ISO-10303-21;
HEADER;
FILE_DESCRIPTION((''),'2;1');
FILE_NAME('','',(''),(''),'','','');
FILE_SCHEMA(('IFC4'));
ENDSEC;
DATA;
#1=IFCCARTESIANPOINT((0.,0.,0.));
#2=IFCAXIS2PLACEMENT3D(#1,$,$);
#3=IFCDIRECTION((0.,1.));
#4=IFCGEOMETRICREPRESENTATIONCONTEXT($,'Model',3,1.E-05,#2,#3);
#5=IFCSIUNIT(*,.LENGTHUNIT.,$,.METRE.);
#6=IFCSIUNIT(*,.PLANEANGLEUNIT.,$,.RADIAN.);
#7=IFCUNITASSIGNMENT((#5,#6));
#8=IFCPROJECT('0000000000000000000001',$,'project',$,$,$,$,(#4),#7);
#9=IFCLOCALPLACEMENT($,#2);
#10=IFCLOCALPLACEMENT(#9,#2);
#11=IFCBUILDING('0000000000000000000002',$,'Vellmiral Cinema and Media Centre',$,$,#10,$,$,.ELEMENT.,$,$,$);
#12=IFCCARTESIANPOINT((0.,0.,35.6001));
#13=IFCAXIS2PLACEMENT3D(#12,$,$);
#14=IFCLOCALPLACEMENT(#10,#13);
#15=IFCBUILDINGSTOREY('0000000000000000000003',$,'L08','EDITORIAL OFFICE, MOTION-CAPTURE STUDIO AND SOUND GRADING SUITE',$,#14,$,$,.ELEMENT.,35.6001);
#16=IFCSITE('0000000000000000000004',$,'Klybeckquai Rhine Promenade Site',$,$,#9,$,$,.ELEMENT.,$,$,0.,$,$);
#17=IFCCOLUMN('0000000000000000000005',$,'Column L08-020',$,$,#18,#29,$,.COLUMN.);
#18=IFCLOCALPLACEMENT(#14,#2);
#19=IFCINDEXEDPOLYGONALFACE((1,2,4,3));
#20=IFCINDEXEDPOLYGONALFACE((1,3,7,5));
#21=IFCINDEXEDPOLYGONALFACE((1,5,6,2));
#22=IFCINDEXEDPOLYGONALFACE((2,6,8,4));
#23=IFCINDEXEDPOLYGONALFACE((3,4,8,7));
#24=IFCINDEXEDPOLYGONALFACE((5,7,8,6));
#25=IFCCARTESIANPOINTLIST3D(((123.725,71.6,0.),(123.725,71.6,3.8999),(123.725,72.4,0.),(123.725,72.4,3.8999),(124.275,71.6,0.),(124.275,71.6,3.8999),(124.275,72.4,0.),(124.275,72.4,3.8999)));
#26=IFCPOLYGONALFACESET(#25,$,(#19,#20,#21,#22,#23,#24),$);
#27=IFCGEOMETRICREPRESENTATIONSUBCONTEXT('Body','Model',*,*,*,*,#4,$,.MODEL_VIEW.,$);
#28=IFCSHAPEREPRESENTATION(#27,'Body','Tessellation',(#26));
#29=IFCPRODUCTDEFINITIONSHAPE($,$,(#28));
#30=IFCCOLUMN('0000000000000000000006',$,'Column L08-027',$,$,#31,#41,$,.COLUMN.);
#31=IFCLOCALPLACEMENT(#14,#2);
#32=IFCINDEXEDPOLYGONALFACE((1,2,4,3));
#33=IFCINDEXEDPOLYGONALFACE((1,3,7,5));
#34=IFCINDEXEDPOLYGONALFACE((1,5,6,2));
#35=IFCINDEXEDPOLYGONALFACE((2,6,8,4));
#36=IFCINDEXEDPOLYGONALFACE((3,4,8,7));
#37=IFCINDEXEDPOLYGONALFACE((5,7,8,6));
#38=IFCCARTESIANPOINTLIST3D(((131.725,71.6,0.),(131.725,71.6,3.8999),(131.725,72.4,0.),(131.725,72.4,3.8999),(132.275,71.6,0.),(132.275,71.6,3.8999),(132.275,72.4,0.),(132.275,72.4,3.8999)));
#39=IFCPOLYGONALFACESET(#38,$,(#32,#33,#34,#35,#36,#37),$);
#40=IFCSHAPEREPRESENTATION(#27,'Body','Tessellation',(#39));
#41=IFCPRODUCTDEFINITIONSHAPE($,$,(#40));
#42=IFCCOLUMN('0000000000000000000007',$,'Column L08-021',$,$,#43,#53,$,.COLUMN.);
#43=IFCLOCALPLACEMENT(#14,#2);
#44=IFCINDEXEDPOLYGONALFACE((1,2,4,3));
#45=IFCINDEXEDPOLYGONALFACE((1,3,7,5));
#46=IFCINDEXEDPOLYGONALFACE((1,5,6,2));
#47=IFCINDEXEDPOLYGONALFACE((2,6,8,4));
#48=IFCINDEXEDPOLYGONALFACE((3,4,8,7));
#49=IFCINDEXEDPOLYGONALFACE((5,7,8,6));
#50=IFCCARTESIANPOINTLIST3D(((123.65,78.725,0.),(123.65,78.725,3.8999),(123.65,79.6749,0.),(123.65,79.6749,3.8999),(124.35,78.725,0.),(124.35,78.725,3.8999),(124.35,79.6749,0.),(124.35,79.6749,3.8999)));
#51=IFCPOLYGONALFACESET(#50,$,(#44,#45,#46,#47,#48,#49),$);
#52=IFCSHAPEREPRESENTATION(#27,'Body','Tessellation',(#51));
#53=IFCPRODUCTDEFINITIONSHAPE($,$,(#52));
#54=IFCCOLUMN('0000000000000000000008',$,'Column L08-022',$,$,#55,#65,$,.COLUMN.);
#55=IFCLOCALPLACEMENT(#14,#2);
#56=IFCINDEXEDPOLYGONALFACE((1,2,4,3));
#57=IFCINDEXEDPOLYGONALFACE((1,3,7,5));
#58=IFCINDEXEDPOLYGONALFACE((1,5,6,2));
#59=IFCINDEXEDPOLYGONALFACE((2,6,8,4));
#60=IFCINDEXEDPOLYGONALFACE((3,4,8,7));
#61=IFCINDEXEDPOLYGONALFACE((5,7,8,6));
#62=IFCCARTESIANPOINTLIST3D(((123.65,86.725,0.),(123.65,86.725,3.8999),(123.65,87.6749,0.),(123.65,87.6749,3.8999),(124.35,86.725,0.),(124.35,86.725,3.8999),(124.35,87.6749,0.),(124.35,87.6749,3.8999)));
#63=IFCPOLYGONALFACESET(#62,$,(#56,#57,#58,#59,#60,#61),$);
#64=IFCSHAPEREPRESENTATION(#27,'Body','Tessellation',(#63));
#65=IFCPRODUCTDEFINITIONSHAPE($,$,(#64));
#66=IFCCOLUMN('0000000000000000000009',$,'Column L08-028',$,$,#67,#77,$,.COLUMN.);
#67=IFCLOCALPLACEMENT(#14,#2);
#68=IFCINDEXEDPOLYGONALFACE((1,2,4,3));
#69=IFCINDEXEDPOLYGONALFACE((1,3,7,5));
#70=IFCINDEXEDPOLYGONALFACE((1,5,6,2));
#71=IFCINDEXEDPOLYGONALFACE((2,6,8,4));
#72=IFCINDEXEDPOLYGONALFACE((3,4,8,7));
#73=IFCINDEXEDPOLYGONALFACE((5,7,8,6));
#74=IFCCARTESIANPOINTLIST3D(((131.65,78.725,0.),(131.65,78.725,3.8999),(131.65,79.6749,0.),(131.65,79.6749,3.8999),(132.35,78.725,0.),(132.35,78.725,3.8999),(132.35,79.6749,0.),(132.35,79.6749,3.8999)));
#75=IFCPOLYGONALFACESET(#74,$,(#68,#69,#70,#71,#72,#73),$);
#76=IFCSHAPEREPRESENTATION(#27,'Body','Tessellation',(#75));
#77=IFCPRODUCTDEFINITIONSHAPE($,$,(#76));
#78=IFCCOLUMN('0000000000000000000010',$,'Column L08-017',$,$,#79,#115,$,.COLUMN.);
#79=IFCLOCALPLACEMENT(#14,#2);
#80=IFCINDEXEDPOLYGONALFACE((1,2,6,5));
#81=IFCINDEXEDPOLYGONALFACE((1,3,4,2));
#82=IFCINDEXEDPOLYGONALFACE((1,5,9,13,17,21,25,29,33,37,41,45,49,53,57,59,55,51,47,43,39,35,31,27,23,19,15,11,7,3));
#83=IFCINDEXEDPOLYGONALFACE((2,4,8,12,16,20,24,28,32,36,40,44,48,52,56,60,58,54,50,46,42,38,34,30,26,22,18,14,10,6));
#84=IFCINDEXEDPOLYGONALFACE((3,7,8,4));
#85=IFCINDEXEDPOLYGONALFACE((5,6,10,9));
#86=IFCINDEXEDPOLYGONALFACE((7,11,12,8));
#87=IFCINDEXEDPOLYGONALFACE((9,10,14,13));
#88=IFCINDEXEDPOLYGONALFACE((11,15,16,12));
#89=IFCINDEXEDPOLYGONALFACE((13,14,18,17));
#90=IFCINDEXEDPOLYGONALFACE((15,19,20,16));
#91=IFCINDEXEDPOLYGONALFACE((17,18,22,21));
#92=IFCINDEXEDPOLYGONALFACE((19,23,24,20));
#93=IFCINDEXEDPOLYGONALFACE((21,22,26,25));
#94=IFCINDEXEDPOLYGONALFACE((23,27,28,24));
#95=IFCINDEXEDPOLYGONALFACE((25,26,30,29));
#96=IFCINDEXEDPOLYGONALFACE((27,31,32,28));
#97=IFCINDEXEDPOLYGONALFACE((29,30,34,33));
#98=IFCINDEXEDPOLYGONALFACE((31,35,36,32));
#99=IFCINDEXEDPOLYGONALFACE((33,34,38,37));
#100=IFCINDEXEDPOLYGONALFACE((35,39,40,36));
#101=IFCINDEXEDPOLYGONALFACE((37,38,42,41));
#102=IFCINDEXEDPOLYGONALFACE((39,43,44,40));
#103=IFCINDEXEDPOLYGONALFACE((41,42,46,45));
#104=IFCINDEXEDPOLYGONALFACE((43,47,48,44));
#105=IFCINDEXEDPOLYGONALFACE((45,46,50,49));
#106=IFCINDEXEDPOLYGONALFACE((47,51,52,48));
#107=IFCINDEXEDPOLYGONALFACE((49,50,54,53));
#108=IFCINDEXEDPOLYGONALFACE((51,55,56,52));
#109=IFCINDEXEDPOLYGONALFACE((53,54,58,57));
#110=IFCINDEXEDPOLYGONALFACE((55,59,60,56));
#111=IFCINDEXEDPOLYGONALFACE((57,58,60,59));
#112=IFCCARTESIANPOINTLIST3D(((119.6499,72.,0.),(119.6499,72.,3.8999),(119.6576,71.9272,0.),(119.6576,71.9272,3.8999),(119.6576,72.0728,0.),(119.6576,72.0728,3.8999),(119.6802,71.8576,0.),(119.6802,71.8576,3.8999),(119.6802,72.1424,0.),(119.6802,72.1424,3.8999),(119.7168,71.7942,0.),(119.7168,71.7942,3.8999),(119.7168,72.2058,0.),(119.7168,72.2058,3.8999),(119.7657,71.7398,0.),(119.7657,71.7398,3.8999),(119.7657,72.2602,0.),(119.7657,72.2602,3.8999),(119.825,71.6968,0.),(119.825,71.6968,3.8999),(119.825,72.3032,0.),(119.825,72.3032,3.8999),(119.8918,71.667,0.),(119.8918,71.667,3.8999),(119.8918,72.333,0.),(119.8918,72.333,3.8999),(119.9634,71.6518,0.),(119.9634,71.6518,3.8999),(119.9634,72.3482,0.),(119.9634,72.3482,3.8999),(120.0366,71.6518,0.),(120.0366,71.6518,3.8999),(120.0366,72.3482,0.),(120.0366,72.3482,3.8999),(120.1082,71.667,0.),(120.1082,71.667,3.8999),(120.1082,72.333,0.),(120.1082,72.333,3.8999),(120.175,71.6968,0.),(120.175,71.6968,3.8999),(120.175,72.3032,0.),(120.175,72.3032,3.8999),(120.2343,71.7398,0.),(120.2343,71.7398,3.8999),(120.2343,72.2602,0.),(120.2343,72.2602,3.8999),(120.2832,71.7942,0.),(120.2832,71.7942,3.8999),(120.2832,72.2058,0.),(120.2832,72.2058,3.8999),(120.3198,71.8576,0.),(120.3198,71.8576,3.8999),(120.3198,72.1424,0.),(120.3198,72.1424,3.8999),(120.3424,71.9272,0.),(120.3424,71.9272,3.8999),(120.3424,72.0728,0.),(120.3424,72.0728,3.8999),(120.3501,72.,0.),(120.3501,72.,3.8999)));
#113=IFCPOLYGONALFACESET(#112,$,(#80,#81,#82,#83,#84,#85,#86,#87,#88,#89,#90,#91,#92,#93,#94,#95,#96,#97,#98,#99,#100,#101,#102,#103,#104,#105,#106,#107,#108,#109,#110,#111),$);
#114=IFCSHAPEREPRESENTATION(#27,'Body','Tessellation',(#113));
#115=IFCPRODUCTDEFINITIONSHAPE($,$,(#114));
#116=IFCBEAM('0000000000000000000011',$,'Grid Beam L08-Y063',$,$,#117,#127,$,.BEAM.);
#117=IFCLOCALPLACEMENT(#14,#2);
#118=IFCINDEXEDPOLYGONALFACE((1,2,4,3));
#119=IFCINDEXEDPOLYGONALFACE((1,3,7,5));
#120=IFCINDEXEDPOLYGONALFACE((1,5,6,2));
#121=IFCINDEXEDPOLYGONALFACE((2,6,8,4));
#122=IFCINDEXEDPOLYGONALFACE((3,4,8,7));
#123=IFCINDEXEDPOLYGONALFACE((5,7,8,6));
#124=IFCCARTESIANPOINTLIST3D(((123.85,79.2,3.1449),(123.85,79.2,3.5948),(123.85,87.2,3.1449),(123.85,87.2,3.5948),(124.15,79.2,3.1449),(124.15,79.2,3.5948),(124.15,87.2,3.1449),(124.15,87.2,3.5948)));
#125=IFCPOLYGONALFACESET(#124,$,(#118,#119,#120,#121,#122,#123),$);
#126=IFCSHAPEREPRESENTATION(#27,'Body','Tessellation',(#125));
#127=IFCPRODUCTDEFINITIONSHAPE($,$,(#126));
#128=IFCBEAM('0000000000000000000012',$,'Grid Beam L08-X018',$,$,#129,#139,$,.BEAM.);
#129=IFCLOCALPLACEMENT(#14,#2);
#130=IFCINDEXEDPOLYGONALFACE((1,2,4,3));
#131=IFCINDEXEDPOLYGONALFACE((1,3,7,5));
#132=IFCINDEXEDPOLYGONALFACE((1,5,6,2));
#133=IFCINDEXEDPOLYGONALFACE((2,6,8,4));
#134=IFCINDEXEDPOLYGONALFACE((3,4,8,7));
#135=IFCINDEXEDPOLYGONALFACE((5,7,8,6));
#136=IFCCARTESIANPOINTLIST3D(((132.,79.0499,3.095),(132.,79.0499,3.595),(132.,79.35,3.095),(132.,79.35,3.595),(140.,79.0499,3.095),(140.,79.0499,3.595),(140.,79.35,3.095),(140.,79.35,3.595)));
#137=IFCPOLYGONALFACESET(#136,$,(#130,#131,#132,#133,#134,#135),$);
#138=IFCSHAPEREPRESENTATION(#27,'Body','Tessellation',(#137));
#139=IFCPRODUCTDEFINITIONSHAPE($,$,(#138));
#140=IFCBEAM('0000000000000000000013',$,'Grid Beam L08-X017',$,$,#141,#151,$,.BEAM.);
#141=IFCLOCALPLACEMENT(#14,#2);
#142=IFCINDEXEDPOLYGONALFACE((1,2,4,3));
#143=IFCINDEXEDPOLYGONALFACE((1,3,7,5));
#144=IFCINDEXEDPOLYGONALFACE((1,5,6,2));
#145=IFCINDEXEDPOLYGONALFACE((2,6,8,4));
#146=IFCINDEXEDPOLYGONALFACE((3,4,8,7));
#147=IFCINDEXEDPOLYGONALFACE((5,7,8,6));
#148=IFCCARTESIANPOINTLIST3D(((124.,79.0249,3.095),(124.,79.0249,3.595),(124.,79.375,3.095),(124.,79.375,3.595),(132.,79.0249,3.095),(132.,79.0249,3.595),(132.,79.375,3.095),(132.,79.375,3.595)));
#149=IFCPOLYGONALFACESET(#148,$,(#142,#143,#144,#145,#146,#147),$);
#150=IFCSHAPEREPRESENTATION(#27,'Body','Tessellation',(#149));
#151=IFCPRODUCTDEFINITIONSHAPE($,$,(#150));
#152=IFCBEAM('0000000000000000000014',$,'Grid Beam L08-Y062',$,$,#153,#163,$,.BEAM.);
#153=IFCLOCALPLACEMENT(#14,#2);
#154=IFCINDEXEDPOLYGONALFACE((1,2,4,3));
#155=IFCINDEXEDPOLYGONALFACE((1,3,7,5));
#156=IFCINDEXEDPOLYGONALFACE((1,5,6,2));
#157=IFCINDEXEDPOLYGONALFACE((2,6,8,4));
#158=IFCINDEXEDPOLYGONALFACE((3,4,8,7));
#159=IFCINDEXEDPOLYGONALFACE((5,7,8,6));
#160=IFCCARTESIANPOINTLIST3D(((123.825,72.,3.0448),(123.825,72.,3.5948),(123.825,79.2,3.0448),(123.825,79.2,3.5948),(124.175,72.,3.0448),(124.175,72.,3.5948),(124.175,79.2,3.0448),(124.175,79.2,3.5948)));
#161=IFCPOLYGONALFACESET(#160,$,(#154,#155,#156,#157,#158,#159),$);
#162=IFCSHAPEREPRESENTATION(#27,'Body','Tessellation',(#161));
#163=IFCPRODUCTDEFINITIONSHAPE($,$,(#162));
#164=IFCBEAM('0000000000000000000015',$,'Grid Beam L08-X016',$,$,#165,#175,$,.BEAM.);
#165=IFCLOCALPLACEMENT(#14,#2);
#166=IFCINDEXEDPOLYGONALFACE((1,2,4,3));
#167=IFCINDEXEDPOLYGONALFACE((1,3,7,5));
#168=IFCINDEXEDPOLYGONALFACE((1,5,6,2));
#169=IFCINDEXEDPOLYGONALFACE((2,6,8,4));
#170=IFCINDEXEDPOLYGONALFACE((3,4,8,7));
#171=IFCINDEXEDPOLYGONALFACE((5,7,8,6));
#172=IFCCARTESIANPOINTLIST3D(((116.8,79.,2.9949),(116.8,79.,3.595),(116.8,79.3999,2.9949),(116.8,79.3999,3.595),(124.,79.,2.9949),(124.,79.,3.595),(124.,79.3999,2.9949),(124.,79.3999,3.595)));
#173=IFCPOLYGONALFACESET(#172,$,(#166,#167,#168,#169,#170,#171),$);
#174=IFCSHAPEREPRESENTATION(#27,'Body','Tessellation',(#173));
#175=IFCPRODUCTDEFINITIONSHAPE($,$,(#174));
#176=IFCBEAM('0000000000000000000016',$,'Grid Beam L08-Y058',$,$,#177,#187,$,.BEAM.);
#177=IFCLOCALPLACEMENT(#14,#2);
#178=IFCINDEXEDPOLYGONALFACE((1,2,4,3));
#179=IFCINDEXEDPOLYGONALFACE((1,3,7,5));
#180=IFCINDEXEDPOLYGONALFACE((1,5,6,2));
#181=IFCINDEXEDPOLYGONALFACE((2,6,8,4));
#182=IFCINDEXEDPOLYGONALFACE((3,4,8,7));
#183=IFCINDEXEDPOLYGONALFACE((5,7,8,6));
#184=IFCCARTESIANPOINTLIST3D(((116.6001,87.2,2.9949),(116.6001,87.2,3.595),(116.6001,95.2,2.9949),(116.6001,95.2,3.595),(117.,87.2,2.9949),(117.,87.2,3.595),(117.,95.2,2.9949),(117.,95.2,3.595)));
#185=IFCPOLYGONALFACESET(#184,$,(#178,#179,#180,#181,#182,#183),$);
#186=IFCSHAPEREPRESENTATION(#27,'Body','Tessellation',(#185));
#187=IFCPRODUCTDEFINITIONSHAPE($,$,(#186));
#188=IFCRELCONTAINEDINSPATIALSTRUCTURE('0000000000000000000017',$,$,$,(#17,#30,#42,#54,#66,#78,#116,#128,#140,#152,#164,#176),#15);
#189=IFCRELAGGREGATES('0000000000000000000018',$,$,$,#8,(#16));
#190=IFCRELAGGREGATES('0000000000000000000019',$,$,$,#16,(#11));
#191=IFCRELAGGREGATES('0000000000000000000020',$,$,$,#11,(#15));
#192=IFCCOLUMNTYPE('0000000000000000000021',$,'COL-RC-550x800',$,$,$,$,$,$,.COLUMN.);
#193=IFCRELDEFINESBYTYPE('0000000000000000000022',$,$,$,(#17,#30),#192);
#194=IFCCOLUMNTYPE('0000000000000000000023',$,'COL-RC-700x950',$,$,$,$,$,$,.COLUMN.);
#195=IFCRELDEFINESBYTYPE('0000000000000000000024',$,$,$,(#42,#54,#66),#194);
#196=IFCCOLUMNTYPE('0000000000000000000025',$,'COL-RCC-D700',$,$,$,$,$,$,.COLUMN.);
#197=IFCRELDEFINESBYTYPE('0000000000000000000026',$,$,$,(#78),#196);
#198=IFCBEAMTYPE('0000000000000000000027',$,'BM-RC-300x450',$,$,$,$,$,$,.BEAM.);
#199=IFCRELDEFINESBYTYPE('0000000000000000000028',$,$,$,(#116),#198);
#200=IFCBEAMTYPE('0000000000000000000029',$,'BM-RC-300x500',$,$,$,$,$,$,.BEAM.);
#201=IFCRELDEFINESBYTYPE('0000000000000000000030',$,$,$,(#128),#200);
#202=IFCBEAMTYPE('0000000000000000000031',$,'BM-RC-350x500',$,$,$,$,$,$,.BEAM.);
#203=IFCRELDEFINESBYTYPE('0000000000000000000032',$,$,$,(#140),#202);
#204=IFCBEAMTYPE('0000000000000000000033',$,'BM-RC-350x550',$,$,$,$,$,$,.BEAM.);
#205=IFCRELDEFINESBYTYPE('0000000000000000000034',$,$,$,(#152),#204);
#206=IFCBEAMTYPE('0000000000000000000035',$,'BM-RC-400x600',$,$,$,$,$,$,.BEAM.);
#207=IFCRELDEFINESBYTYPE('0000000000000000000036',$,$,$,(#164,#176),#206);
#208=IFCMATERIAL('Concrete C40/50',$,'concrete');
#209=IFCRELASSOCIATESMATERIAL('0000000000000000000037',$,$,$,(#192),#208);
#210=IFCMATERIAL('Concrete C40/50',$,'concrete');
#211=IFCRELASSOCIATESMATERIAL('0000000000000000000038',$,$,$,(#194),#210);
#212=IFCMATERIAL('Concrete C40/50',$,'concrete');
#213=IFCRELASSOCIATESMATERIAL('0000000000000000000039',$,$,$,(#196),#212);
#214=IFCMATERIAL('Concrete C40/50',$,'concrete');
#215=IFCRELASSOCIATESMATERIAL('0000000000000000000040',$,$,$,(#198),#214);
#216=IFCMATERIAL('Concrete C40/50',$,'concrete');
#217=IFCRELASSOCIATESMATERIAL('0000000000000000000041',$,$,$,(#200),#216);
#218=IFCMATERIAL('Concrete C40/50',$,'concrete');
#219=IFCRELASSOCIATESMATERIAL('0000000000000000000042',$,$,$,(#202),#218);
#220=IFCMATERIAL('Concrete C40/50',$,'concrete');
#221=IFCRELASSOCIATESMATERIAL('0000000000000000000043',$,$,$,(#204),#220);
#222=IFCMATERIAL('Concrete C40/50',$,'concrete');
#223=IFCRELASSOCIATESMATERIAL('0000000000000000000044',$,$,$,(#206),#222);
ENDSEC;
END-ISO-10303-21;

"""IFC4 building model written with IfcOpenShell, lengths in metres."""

from ifc_helpers import new_model, si_unit, direction, frame, origin, origin_2d, place, context, subcontext, project, spatial, rectangle, circle, extrude, material, material_profile, profile_set, type_object, element, save


model = new_model("IFC4")

# Units and contexts
model_context = context("Model", 3, precision=1e-05, world=origin(), true_north=direction((0.0, 1.0)))
body_context = subcontext(model_context, "Body", "Model", "MODEL_VIEW")
ifc_project = project(units=[si_unit("LENGTHUNIT", "METRE"), si_unit("PLANEANGLEUNIT", "RADIAN")], contexts=[model_context])

# Site, building, storey
site_placement = place(None, origin())
site = spatial("IfcSite", under=ifc_project, at=site_placement, Name="Klybeckquai Rhine Promenade Site", CompositionType="ELEMENT", RefElevation=0.0)
building_placement = place(site_placement, origin())
building = spatial("IfcBuilding", under=site, at=building_placement, Name="Vellmiral Cinema and Media Centre", CompositionType="ELEMENT")
storey_placement = place(building_placement, frame((0.0, 0.0, 35.6001)))
storey = spatial("IfcBuildingStorey", under=building, at=storey_placement, Name="L08", Description="EDITORIAL OFFICE, MOTION-CAPTURE STUDIO AND SOUND GRADING SUITE", CompositionType="ELEMENT", Elevation=35.6001)

# Columns
ifc_material_1 = material(Name="Concrete C40/50", Category="concrete")
ifc_material_profile_1 = material_profile(ifc_material_1, rectangle(XDim=0.55, YDim=0.8, at=origin_2d()), Name="RC 550x800")
ifc_profile_set_1 = profile_set([ifc_material_profile_1], Name="Concrete C40/50")
column_type_1 = type_object("IfcColumnType", Name="COL-RC-550x800", PredefinedType="COLUMN", material=ifc_profile_set_1)
for number, where, z_axis, x_axis, name in (
    (1, (124.0, 72.0, 0.0), (0.0, 0.0, 1.0), (1.0, 0.0, 0.0), "Column L08-020"),
    (2, (132.0, 72.0, 0.0), (0.0, 0.0, 1.0), (1.0, 0.0, 0.0), "Column L08-027"),
):
    element("IfcColumn", number, at=place(storey_placement, frame(where, z_axis=z_axis, x_axis=x_axis)), inside=storey, type_object=column_type_1, Name=name, PredefinedType="COLUMN", context=body_context, shape_type="SweptSolid", body=[
        extrude(rectangle(XDim=0.55, YDim=0.8, at=origin_2d()), origin(), (0.0, 0.0, 1.0), 3.8999),
    ])
ifc_material_2 = material(Name="Concrete C40/50", Category="concrete")
ifc_material_profile_2 = material_profile(ifc_material_2, rectangle(XDim=0.7, YDim=0.95, at=origin_2d()), Name="RC 700x950")
ifc_profile_set_2 = profile_set([ifc_material_profile_2], Name="Concrete C40/50")
column_type_2 = type_object("IfcColumnType", Name="COL-RC-700x950", PredefinedType="COLUMN", material=ifc_profile_set_2)
for number, where, z_axis, x_axis, name in (
    (3, (124.0, 79.2, 0.0), (0.0, 0.0, 1.0), (1.0, 0.0, 0.0), "Column L08-021"),
    (4, (124.0, 87.2, 0.0), (0.0, 0.0, 1.0), (1.0, 0.0, 0.0), "Column L08-022"),
    (5, (132.0, 79.2, 0.0), (0.0, 0.0, 1.0), (1.0, 0.0, 0.0), "Column L08-028"),
):
    element("IfcColumn", number, at=place(storey_placement, frame(where, z_axis=z_axis, x_axis=x_axis)), inside=storey, type_object=column_type_2, Name=name, PredefinedType="COLUMN", context=body_context, shape_type="SweptSolid", body=[
        extrude(rectangle(XDim=0.7, YDim=0.95, at=origin_2d()), origin(), (0.0, 0.0, 1.0), 3.8999),
    ])
ifc_material_3 = material(Name="Concrete C40/50", Category="concrete")
ifc_material_profile_3 = material_profile(ifc_material_3, circle(Radius=0.3501, at=origin_2d()), Name="RC D700")
ifc_profile_set_3 = profile_set([ifc_material_profile_3], Name="Concrete C40/50")
column_type_3 = type_object("IfcColumnType", Name="COL-RCC-D700", PredefinedType="COLUMN", material=ifc_profile_set_3)
column_placement = place(storey_placement, frame((120.0, 72.0, 0.0), z_axis=(0.0, 0.0, 1.0), x_axis=(1.0, 0.0, 0.0)))
element("IfcColumn", 6, at=column_placement, inside=storey, type_object=column_type_3, Name="Column L08-017", PredefinedType="COLUMN", context=body_context, shape_type="SweptSolid", body=[
    extrude(circle(Radius=0.3501, at=origin_2d()), origin(), (0.0, 0.0, 1.0), 3.8999),
])

# Beams
ifc_material_4 = material(Name="Concrete C40/50", Category="concrete")
ifc_material_profile_4 = material_profile(ifc_material_4, rectangle(XDim=0.3, YDim=0.45, at=origin_2d()), Name="RC 300x450")
ifc_profile_set_4 = profile_set([ifc_material_profile_4], Name="Concrete C40/50")
beam_type_1 = type_object("IfcBeamType", Name="BM-RC-300x450", PredefinedType="BEAM", material=ifc_profile_set_4)
beam_1_placement = place(storey_placement, frame((124.0, 79.2, 3.3699), z_axis=(0.0, 1.0, 0.0), x_axis=(-1.0, 0.0, 0.0)))
element("IfcBeam", 7, at=beam_1_placement, inside=storey, type_object=beam_type_1, Name="Grid Beam L08-Y063", PredefinedType="BEAM", context=body_context, shape_type="SweptSolid", body=[
    extrude(rectangle(XDim=0.3, YDim=0.45, at=origin_2d()), origin(), (0.0, 0.0, 1.0), 8.0),
])
ifc_material_5 = material(Name="Concrete C40/50", Category="concrete")
ifc_material_profile_5 = material_profile(ifc_material_5, rectangle(XDim=0.3, YDim=0.5, at=origin_2d()), Name="RC 300x500")
ifc_profile_set_5 = profile_set([ifc_material_profile_5], Name="Concrete C40/50")
beam_type_2 = type_object("IfcBeamType", Name="BM-RC-300x500", PredefinedType="BEAM", material=ifc_profile_set_5)
beam_2_placement = place(storey_placement, frame((132.0, 79.2, 3.345), z_axis=(1.0, 0.0, 0.0), x_axis=(0.0, 1.0, 0.0)))
element("IfcBeam", 8, at=beam_2_placement, inside=storey, type_object=beam_type_2, Name="Grid Beam L08-X018", PredefinedType="BEAM", context=body_context, shape_type="SweptSolid", body=[
    extrude(rectangle(XDim=0.3, YDim=0.5, at=origin_2d()), origin(), (0.0, 0.0, 1.0), 8.0),
])
ifc_material_6 = material(Name="Concrete C40/50", Category="concrete")
ifc_material_profile_6 = material_profile(ifc_material_6, rectangle(XDim=0.3501, YDim=0.5, at=origin_2d()), Name="RC 350x500")
ifc_profile_set_6 = profile_set([ifc_material_profile_6], Name="Concrete C40/50")
beam_type_3 = type_object("IfcBeamType", Name="BM-RC-350x500", PredefinedType="BEAM", material=ifc_profile_set_6)
beam_3_placement = place(storey_placement, frame((124.0, 79.2, 3.345), z_axis=(1.0, 0.0, 0.0), x_axis=(0.0, 1.0, 0.0)))
element("IfcBeam", 9, at=beam_3_placement, inside=storey, type_object=beam_type_3, Name="Grid Beam L08-X017", PredefinedType="BEAM", context=body_context, shape_type="SweptSolid", body=[
    extrude(rectangle(XDim=0.3501, YDim=0.5, at=origin_2d()), origin(), (0.0, 0.0, 1.0), 8.0),
])
ifc_material_7 = material(Name="Concrete C40/50", Category="concrete")
ifc_material_profile_7 = material_profile(ifc_material_7, rectangle(XDim=0.3501, YDim=0.55, at=origin_2d()), Name="RC 350x550")
ifc_profile_set_7 = profile_set([ifc_material_profile_7], Name="Concrete C40/50")
beam_type_4 = type_object("IfcBeamType", Name="BM-RC-350x550", PredefinedType="BEAM", material=ifc_profile_set_7)
beam_4_placement = place(storey_placement, frame((124.0, 72.0, 3.3198), z_axis=(0.0, 1.0, 0.0), x_axis=(-1.0, 0.0, 0.0)))
element("IfcBeam", 10, at=beam_4_placement, inside=storey, type_object=beam_type_4, Name="Grid Beam L08-Y062", PredefinedType="BEAM", context=body_context, shape_type="SweptSolid", body=[
    extrude(rectangle(XDim=0.3501, YDim=0.55, at=origin_2d()), origin(), (0.0, 0.0, 1.0), 7.2),
])
ifc_material_8 = material(Name="Concrete C40/50", Category="concrete")
ifc_material_profile_8 = material_profile(ifc_material_8, rectangle(XDim=0.3999, YDim=0.6001, at=origin_2d()), Name="RC 400x600")
ifc_profile_set_8 = profile_set([ifc_material_profile_8], Name="Concrete C40/50")
beam_type_5 = type_object("IfcBeamType", Name="BM-RC-400x600", PredefinedType="BEAM", material=ifc_profile_set_8)
beam_5_placement = place(storey_placement, frame((116.8, 79.2, 3.2949), z_axis=(1.0, 0.0, 0.0), x_axis=(0.0, 1.0, 0.0)))
element("IfcBeam", 11, at=beam_5_placement, inside=storey, type_object=beam_type_5, Name="Grid Beam L08-X016", PredefinedType="BEAM", context=body_context, shape_type="SweptSolid", body=[
    extrude(rectangle(XDim=0.3999, YDim=0.6001, at=origin_2d()), origin(), (0.0, 0.0, 1.0), 7.2),
])
beam_6_placement = place(storey_placement, frame((116.8, 87.2, 3.2949), z_axis=(0.0, 1.0, 0.0), x_axis=(-1.0, 0.0, 0.0)))
element("IfcBeam", 12, at=beam_6_placement, inside=storey, type_object=beam_type_5, Name="Grid Beam L08-Y058", PredefinedType="BEAM", context=body_context, shape_type="SweptSolid", body=[
    extrude(rectangle(XDim=0.3999, YDim=0.6001, at=origin_2d()), origin(), (0.0, 0.0, 1.0), 8.0),
])

save(model, "model.ifc")
